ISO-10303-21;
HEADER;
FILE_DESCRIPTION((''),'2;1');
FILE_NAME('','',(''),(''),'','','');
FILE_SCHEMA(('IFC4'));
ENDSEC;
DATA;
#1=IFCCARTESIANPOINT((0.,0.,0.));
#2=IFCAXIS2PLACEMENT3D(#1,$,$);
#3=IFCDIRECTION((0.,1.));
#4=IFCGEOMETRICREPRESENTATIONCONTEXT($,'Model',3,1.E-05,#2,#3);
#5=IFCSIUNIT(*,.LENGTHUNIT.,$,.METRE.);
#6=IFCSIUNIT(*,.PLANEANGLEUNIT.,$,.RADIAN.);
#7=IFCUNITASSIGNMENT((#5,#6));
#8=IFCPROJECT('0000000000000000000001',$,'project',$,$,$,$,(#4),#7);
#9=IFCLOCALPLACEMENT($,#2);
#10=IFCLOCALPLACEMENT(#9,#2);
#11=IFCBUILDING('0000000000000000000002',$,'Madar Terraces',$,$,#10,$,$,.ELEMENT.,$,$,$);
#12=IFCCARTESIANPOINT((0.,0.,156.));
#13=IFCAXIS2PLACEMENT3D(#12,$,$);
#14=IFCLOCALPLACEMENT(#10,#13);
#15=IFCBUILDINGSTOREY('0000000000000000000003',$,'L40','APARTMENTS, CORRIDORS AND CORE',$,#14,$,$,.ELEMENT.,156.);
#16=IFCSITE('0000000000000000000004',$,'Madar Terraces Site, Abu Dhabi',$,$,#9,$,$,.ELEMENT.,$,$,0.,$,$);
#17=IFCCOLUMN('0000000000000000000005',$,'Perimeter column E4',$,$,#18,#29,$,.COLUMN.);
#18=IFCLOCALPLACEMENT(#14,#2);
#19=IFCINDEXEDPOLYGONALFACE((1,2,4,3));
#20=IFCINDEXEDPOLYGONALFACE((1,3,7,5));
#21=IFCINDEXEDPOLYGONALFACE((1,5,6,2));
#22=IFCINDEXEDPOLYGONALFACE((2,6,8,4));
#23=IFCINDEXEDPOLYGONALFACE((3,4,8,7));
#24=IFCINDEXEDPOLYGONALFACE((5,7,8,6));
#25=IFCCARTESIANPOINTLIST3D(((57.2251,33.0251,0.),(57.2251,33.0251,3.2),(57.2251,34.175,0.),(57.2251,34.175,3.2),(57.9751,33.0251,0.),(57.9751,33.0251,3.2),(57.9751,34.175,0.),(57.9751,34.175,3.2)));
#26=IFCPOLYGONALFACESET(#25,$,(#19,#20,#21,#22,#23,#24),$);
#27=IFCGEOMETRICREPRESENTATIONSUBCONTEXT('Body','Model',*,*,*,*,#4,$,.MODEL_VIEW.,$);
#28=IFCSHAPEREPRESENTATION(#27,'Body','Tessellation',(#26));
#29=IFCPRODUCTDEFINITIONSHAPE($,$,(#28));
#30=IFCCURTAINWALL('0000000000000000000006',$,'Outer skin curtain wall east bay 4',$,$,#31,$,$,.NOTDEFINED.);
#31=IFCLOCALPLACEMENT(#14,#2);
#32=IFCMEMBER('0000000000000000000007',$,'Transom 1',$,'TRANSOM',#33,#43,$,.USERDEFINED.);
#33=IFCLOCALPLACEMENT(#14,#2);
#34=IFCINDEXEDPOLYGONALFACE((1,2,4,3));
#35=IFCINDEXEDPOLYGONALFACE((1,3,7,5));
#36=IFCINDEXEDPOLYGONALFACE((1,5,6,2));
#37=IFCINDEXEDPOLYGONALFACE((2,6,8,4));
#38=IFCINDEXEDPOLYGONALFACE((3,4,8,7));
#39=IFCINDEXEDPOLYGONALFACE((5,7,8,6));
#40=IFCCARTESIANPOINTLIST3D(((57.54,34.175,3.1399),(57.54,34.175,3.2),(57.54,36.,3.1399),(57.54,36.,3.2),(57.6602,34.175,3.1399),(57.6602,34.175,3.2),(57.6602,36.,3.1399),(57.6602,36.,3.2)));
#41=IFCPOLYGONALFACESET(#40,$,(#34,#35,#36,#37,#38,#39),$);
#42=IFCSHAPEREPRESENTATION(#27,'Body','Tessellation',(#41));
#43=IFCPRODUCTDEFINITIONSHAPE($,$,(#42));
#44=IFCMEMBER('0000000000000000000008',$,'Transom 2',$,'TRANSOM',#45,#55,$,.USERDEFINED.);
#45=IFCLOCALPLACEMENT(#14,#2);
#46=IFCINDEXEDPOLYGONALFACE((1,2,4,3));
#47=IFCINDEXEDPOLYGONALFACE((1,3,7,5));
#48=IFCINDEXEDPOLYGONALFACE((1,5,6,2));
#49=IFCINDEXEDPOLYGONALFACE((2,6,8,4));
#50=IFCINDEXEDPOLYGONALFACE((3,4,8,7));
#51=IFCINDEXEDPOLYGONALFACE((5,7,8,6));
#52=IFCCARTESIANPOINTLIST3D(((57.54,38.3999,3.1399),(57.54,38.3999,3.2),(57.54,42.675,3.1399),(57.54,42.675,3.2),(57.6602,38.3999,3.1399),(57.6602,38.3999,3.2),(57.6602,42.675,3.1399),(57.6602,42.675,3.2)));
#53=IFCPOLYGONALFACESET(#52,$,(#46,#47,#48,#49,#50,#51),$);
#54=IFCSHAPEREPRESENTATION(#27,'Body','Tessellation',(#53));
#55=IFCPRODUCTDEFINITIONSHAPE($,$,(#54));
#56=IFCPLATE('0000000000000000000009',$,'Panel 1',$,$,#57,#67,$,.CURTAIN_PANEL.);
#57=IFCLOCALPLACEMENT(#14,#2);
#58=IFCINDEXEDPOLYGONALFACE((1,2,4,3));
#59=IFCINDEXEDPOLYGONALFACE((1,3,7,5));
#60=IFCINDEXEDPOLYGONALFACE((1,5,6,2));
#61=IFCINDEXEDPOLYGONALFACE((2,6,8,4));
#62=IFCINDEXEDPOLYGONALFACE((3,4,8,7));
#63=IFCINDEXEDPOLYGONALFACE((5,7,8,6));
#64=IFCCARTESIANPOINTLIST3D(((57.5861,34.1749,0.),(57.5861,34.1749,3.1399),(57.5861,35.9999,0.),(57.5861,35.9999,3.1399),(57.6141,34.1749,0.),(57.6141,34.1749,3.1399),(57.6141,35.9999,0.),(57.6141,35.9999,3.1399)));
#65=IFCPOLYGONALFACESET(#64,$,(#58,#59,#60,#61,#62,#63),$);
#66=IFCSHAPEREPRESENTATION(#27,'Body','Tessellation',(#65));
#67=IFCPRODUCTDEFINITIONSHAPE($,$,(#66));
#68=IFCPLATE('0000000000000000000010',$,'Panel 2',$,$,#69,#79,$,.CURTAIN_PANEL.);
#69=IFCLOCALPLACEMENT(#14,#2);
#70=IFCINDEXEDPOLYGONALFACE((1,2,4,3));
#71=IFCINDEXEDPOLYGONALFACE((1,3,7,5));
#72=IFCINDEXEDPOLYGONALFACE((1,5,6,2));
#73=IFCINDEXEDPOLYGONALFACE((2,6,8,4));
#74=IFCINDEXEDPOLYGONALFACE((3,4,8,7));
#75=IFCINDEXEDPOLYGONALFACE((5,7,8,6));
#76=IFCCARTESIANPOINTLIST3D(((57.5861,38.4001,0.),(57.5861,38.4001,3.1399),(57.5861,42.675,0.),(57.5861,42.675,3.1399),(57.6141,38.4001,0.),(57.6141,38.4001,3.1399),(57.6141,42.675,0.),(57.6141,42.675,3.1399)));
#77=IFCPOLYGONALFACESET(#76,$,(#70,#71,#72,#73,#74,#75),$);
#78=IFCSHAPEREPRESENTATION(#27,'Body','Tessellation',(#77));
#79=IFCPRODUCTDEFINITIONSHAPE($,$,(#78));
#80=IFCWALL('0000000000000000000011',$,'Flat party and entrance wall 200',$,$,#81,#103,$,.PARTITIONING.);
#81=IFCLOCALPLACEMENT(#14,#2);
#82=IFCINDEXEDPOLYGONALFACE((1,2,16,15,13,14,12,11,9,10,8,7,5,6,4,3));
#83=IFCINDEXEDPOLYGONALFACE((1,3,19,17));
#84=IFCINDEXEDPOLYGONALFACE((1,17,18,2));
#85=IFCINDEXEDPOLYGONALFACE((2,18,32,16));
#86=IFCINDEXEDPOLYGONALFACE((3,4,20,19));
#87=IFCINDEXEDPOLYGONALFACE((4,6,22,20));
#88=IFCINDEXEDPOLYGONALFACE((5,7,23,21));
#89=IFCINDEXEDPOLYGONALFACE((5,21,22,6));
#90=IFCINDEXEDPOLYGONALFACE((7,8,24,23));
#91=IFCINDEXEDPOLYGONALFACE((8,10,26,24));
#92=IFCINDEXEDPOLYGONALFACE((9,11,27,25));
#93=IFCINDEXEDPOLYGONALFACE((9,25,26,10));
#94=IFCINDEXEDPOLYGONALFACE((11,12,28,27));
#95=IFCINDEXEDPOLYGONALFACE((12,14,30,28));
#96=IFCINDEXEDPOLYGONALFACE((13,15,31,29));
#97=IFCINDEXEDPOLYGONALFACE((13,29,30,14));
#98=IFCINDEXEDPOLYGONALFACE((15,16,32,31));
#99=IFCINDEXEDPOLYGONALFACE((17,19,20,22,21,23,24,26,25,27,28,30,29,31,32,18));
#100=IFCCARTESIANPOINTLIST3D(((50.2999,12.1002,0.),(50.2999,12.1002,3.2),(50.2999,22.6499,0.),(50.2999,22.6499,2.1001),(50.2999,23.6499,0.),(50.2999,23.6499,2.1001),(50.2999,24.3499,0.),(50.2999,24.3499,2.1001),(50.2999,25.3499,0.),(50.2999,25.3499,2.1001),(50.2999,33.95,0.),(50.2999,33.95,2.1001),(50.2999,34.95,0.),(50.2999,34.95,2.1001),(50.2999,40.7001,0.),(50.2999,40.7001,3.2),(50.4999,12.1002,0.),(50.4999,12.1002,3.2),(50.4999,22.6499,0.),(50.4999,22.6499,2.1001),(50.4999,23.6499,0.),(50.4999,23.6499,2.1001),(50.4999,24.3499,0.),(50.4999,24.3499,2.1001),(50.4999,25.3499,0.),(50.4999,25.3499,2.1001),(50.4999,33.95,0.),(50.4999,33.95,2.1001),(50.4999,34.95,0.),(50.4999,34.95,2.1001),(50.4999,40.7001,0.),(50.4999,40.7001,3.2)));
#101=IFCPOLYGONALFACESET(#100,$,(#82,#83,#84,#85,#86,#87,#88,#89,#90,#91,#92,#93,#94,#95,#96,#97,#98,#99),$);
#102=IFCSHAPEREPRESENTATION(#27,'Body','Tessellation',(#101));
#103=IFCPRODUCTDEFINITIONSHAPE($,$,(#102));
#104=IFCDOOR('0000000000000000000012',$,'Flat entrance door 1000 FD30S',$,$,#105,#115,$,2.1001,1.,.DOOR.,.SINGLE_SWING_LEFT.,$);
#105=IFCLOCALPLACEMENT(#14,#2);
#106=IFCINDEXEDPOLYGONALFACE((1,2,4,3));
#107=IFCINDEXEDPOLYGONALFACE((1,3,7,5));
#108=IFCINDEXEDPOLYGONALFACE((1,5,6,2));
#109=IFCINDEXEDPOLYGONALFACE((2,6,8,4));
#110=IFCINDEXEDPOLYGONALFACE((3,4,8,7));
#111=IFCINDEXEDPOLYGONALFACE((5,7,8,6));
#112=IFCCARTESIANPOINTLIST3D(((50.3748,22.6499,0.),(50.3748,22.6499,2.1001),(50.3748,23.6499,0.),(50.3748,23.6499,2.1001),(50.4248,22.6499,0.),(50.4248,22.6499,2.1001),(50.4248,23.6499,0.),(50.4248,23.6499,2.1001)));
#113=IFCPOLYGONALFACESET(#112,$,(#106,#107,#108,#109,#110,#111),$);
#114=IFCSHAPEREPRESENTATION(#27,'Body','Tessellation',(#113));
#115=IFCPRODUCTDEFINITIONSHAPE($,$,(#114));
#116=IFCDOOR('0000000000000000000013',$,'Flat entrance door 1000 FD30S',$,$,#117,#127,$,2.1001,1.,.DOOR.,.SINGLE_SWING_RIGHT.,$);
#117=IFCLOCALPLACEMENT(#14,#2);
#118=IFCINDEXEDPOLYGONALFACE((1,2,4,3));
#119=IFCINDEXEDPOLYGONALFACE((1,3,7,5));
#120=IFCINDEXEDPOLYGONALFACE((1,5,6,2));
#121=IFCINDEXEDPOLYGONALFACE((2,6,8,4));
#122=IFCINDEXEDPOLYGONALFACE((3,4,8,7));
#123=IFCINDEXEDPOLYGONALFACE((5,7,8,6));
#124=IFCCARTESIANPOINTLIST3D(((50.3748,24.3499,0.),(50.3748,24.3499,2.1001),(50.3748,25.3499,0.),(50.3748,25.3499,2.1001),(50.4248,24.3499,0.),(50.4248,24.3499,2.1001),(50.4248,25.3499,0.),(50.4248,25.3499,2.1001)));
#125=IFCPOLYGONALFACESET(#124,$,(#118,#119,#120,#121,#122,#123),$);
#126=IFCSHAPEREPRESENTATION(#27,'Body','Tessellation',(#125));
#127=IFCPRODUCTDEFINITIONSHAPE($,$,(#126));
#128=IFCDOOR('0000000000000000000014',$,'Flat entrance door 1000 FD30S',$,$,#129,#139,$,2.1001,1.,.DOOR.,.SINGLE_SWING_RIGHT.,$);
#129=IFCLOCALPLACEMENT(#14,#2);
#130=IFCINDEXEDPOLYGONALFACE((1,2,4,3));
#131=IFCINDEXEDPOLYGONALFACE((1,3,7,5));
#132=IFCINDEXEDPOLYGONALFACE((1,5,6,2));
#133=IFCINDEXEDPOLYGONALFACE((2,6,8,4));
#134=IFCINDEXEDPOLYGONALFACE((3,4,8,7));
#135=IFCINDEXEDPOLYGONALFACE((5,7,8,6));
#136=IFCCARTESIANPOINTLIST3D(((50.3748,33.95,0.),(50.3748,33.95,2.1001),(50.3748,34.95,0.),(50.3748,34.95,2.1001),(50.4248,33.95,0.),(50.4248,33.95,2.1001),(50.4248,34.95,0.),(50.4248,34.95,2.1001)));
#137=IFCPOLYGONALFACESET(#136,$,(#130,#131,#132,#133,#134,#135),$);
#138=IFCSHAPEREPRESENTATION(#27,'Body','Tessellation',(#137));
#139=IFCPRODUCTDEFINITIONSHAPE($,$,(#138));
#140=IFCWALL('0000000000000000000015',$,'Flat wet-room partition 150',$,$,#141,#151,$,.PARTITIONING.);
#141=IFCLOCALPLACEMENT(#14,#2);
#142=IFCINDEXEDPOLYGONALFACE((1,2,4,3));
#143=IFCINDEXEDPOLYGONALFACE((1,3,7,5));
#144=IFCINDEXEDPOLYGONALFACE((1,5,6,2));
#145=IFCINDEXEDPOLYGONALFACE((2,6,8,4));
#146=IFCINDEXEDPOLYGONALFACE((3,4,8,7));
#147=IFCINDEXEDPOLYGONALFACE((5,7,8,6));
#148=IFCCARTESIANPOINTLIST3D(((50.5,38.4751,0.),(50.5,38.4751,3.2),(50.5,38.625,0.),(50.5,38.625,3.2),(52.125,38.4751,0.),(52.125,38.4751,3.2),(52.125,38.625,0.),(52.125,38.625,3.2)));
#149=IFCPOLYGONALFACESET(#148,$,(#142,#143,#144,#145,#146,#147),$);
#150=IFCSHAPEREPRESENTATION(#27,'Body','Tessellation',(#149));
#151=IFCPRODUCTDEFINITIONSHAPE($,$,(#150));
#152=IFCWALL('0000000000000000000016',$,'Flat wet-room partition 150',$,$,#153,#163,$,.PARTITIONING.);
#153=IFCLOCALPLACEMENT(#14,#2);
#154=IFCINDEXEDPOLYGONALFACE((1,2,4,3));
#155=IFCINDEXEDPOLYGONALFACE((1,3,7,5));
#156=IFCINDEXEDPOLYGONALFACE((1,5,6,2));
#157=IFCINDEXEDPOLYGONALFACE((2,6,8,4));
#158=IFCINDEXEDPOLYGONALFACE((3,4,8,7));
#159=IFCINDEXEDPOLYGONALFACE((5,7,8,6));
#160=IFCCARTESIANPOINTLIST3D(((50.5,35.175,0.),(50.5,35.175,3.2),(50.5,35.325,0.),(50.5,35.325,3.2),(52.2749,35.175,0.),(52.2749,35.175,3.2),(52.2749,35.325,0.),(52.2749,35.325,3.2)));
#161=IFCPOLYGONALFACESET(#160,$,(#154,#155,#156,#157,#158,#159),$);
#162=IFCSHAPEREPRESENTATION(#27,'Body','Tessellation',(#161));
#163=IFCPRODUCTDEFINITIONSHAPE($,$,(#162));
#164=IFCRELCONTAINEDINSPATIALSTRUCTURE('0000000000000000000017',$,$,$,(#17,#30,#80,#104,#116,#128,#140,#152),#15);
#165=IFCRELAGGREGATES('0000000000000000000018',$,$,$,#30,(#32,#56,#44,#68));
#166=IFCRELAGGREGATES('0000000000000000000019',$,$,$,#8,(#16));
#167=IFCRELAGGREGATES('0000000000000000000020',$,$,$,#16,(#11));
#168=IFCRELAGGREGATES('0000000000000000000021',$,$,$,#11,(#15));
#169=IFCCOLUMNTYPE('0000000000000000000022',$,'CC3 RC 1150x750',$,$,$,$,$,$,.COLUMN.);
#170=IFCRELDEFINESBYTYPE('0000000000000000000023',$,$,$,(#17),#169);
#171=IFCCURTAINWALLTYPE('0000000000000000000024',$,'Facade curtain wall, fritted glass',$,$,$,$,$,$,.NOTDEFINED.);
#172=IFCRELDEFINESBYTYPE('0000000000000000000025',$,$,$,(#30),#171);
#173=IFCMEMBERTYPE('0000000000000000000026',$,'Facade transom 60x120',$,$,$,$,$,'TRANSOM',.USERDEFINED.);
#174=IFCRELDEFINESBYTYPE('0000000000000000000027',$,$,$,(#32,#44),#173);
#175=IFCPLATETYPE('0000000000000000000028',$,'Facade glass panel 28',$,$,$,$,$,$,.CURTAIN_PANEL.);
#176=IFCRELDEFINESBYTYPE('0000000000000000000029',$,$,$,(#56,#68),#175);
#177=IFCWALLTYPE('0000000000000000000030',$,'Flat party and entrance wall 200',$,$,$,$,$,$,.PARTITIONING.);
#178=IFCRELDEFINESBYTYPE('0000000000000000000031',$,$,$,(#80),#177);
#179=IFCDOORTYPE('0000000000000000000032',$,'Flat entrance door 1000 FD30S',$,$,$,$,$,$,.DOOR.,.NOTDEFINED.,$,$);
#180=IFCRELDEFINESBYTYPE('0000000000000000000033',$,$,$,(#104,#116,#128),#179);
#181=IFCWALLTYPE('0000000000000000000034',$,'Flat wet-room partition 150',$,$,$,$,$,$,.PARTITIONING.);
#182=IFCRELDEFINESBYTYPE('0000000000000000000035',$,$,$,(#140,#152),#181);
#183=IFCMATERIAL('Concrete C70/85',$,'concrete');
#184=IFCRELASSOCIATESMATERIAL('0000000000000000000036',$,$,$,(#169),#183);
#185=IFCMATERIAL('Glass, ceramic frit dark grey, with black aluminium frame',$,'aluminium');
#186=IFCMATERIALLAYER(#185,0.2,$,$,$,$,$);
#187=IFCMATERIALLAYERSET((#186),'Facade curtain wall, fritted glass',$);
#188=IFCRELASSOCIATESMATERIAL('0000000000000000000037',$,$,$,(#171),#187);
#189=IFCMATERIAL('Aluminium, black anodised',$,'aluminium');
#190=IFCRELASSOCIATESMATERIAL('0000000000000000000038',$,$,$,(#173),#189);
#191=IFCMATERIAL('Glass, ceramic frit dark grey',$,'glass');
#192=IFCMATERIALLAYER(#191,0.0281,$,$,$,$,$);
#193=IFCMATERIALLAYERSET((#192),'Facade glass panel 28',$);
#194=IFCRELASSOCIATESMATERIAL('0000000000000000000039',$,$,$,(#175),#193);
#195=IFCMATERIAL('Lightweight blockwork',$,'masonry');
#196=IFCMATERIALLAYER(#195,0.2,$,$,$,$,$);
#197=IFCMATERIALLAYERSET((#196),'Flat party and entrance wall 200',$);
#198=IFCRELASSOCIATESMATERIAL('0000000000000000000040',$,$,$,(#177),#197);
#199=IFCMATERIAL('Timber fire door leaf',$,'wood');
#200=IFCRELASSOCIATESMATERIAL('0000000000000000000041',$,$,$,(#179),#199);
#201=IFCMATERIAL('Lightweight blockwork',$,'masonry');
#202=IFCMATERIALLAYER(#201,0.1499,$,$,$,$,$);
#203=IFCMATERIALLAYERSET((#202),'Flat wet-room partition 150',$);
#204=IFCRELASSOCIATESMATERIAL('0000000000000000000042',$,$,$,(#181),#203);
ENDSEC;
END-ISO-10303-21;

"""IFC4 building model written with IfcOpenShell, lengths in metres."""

from ifc_helpers import new_model, si_unit, direction, frame, frame_2d, origin, origin_2d, place, context, subcontext, project, spatial, rectangle, extrude, material, layer, layer_set, material_profile, profile_set, type_object, element, fill, aggregate, save


model = new_model("IFC4")

# Units and contexts
model_context = context("Model", 3, precision=1e-05, world=origin(), true_north=direction((0.0, 1.0)))
body_context = subcontext(model_context, "Body", "Model", "MODEL_VIEW")
ifc_project = project(units=[si_unit("LENGTHUNIT", "METRE"), si_unit("PLANEANGLEUNIT", "RADIAN")], contexts=[model_context])

# Site, building, storey
site_placement = place(None, origin())
site = spatial("IfcSite", under=ifc_project, at=site_placement, Name="Madar Terraces Site, Abu Dhabi", CompositionType="ELEMENT", RefElevation=0.0)
building_placement = place(site_placement, origin())
building = spatial("IfcBuilding", under=site, at=building_placement, Name="Madar Terraces", CompositionType="ELEMENT")
storey_placement = place(building_placement, frame((0.0, 0.0, 156.0)))
storey = spatial("IfcBuildingStorey", under=building, at=storey_placement, Name="L40", Description="APARTMENTS, CORRIDORS AND CORE", CompositionType="ELEMENT", Elevation=156.0)

# Column
ifc_material_1 = material(Name="Concrete C70/85", Category="concrete")
ifc_material_profile_1 = material_profile(ifc_material_1, rectangle(XDim=1.1499, YDim=0.75, at=origin_2d()), Name="CC3 RC 1150x750")
ifc_profile_set_1 = profile_set([ifc_material_profile_1], Name="Concrete C70/85")
column_type = type_object("IfcColumnType", Name="CC3 RC 1150x750", PredefinedType="COLUMN", material=ifc_profile_set_1)
column_placement = place(storey_placement, frame((57.6001, 33.6001, 0.0), z_axis=(0.0, 0.0, 1.0), x_axis=(0.0, 1.0, 0.0)))
element("IfcColumn", 1, at=column_placement, inside=storey, type_object=column_type, Name="Perimeter column E4", PredefinedType="COLUMN", context=body_context, shape_type="SweptSolid", body=[
    extrude(rectangle(XDim=1.1499, YDim=0.75, at=origin_2d()), origin(), (0.0, 0.0, 1.0), 3.2),
])

# Curtain wall, members, plates
ifc_material_2 = material(Name="Glass, ceramic frit dark grey, with black aluminium frame", Category="aluminium")
ifc_layer_1 = layer(ifc_material_2, 0.2)
ifc_layer_set_1 = layer_set([ifc_layer_1], Name="Facade curtain wall, fritted glass")
curtain_wall_type = type_object("IfcCurtainWallType", Name="Facade curtain wall, fritted glass", PredefinedType="NOTDEFINED", material=ifc_layer_set_1)
curtain_wall_placement = place(storey_placement, origin())
curtain_wall = element("IfcCurtainWall", 2, at=curtain_wall_placement, inside=storey, type_object=curtain_wall_type, Name="Outer skin curtain wall east bay 4", PredefinedType="NOTDEFINED")
ifc_material_3 = material(Name="Aluminium, black anodised", Category="aluminium")
ifc_material_profile_2 = material_profile(ifc_material_3, rectangle(XDim=0.1201, YDim=0.0601, at=origin_2d()), Name="Facade transom 60x120")
ifc_profile_set_2 = profile_set([ifc_material_profile_2], Name="Aluminium, black anodised")
member_type = type_object("IfcMemberType", Name="Facade transom 60x120", ElementType="TRANSOM", PredefinedType="USERDEFINED", material=ifc_profile_set_2)
member_1_placement = place(storey_placement, frame((57.6001, 34.175, 3.1699), z_axis=(0.0, 1.0, 0.0), x_axis=(-1.0, 0.0, 0.0)))
member_1 = element("IfcMember", 3, at=member_1_placement, type_object=member_type, Name="Transom 1", ObjectType="TRANSOM", PredefinedType="USERDEFINED", context=body_context, shape_type="SweptSolid", body=[
    extrude(rectangle(XDim=0.1201, YDim=0.0601, at=origin_2d()), origin(), (0.0, 0.0, 1.0), 1.825),
])
member_2_placement = place(storey_placement, frame((57.6001, 38.3999, 3.1699), z_axis=(0.0, 1.0, 0.0), x_axis=(-1.0, 0.0, 0.0)))
member_2 = element("IfcMember", 4, at=member_2_placement, type_object=member_type, Name="Transom 2", ObjectType="TRANSOM", PredefinedType="USERDEFINED", context=body_context, shape_type="SweptSolid", body=[
    extrude(rectangle(XDim=0.1201, YDim=0.0601, at=origin_2d()), origin(), (0.0, 0.0, 1.0), 4.2751),
])
ifc_material_4 = material(Name="Glass, ceramic frit dark grey", Category="glass")
ifc_layer_2 = layer(ifc_material_4, 0.0281)
ifc_layer_set_2 = layer_set([ifc_layer_2], Name="Facade glass panel 28")
plate_type = type_object("IfcPlateType", Name="Facade glass panel 28", PredefinedType="CURTAIN_PANEL", material=ifc_layer_set_2)
plate_1_placement = place(storey_placement, frame((57.6001, 35.0874, 0.0), z_axis=(0.0, 0.0, 1.0), x_axis=(0.0, 1.0, 0.0)))
plate_1 = element("IfcPlate", 5, at=plate_1_placement, type_object=plate_type, Name="Panel 1", PredefinedType="CURTAIN_PANEL", context=body_context, shape_type="SweptSolid", body=[
    extrude(rectangle(XDim=1.825, YDim=0.0281, at=origin_2d()), origin(), (0.0, 0.0, 1.0), 3.1399),
])
plate_2_placement = place(storey_placement, frame((57.6001, 40.5376, 0.0), z_axis=(0.0, 0.0, 1.0), x_axis=(0.0, 1.0, 0.0)))
plate_2 = element("IfcPlate", 6, at=plate_2_placement, type_object=plate_type, Name="Panel 2", PredefinedType="CURTAIN_PANEL", context=body_context, shape_type="SweptSolid", body=[
    extrude(rectangle(XDim=4.2749, YDim=0.0281, at=origin_2d()), origin(), (0.0, 0.0, 1.0), 3.1399),
])
aggregate(curtain_wall, [member_1, plate_1, member_2, plate_2])

# Wall, openings, doors
ifc_material_5 = material(Name="Lightweight blockwork", Category="masonry")
ifc_layer_3 = layer(ifc_material_5, 0.2)
ifc_layer_set_3 = layer_set([ifc_layer_3], Name="Flat party and entrance wall 200")
wall_type_1 = type_object("IfcWallType", Name="Flat party and entrance wall 200", PredefinedType="PARTITIONING", material=ifc_layer_set_3)
wall_1_placement = place(storey_placement, frame((50.3999, 40.7, 0.0), z_axis=(0.0, 0.0, 1.0), x_axis=(0.0, -1.0, 0.0)))
wall_1 = element("IfcWall", 7, at=wall_1_placement, inside=storey, type_object=wall_type_1, Name="Flat party and entrance wall 200", PredefinedType="PARTITIONING", context=body_context, shape_type="SweptSolid", body=[
    extrude(rectangle(XDim=28.5999, YDim=0.2, at=frame_2d((14.2998, 0.0))), origin(), (0.0, 0.0, 1.0), 3.2),
])
opening_1_placement = place(wall_1_placement, frame((17.05, 0.0, 0.0)))
opening_1 = element("IfcOpeningElement", 8, at=opening_1_placement, cuts=wall_1, PredefinedType="OPENING", context=body_context, shape_type="SweptSolid", body=[
    extrude(rectangle(XDim=1.0, YDim=2.1001, at=frame_2d((0.5, 1.05))), frame((0.0, 0.1099, 0.0), z_axis=(0.0, -1.0, 0.0), x_axis=(1.0, 0.0, 0.0)), (0.0, 0.0, 1.0), 0.22),
])
opening_2_placement = place(wall_1_placement, frame((15.3501, 0.0, 0.0)))
opening_2 = element("IfcOpeningElement", 9, at=opening_2_placement, cuts=wall_1, PredefinedType="OPENING", context=body_context, shape_type="SweptSolid", body=[
    extrude(rectangle(XDim=1.0, YDim=2.1001, at=frame_2d((0.5, 1.05))), frame((0.0, 0.1099, 0.0), z_axis=(0.0, -1.0, 0.0), x_axis=(1.0, 0.0, 0.0)), (0.0, 0.0, 1.0), 0.22),
])
opening_3_placement = place(wall_1_placement, frame((5.75, 0.0, 0.0)))
opening_3 = element("IfcOpeningElement", 10, at=opening_3_placement, cuts=wall_1, PredefinedType="OPENING", context=body_context, shape_type="SweptSolid", body=[
    extrude(rectangle(XDim=1.0, YDim=2.1001, at=frame_2d((0.5, 1.05))), frame((0.0, 0.1099, 0.0), z_axis=(0.0, -1.0, 0.0), x_axis=(1.0, 0.0, 0.0)), (0.0, 0.0, 1.0), 0.22),
])
ifc_material_6 = material(Name="Timber fire door leaf", Category="wood")
door_type_1 = type_object("IfcDoorType", Name="Flat entrance door 1000 FD30S", OperationType="NOTDEFINED", PredefinedType="DOOR", material=ifc_material_6)
door_1_placement = place(opening_1_placement, origin())
door_1 = element("IfcDoor", 11, at=door_1_placement, inside=storey, type_object=door_type_1, Name="Flat entrance door 1000 FD30S", OperationType="SINGLE_SWING_LEFT", OverallHeight=2.1001, OverallWidth=1.0, PredefinedType="DOOR", context=body_context, shape_type="SweptSolid", body=[
    extrude(rectangle(XDim=1.0, YDim=2.1001, at=frame_2d((0.5, 1.05))), frame((0.0, 0.0249, 0.0), z_axis=(0.0, -1.0, 0.0), x_axis=(1.0, 0.0, 0.0)), (0.0, 0.0, 1.0), 0.05),
])
fill(opening_1, door_1)
door_2_placement = place(opening_2_placement, origin())
door_2 = element("IfcDoor", 12, at=door_2_placement, inside=storey, type_object=door_type_1, Name="Flat entrance door 1000 FD30S", OperationType="SINGLE_SWING_RIGHT", OverallHeight=2.1001, OverallWidth=1.0, PredefinedType="DOOR", context=body_context, shape_type="SweptSolid", body=[
    extrude(rectangle(XDim=1.0, YDim=2.1001, at=frame_2d((0.5, 1.05))), frame((0.0, 0.0249, 0.0), z_axis=(0.0, -1.0, 0.0), x_axis=(1.0, 0.0, 0.0)), (0.0, 0.0, 1.0), 0.05),
])
fill(opening_2, door_2)
door_3_placement = place(opening_3_placement, origin())
door_3 = element("IfcDoor", 13, at=door_3_placement, inside=storey, type_object=door_type_1, Name="Flat entrance door 1000 FD30S", OperationType="SINGLE_SWING_RIGHT", OverallHeight=2.1001, OverallWidth=1.0, PredefinedType="DOOR", context=body_context, shape_type="SweptSolid", body=[
    extrude(rectangle(XDim=1.0, YDim=2.1001, at=frame_2d((0.5, 1.05))), frame((0.0, 0.0249, 0.0), z_axis=(0.0, -1.0, 0.0), x_axis=(1.0, 0.0, 0.0)), (0.0, 0.0, 1.0), 0.05),
])
fill(opening_3, door_3)

# Walls
ifc_material_7 = material(Name="Lightweight blockwork", Category="masonry")
ifc_layer_4 = layer(ifc_material_7, 0.1499)
ifc_layer_set_4 = layer_set([ifc_layer_4], Name="Flat wet-room partition 150")
wall_type_2 = type_object("IfcWallType", Name="Flat wet-room partition 150", PredefinedType="PARTITIONING", material=ifc_layer_set_4)
wall_2_placement = place(storey_placement, frame((50.5, 38.55, 0.0), z_axis=(0.0, 0.0, 1.0), x_axis=(1.0, 0.0, 0.0)))
element("IfcWall", 14, at=wall_2_placement, inside=storey, type_object=wall_type_2, Name="Flat wet-room partition 150", PredefinedType="PARTITIONING", context=body_context, shape_type="SweptSolid", body=[
    extrude(rectangle(XDim=1.625, YDim=0.1499, at=frame_2d((0.8125, 0.0))), origin(), (0.0, 0.0, 1.0), 3.2),
])
wall_3_placement = place(storey_placement, frame((50.5, 35.25, 0.0), z_axis=(0.0, 0.0, 1.0), x_axis=(1.0, 0.0, 0.0)))
element("IfcWall", 15, at=wall_3_placement, inside=storey, type_object=wall_type_2, Name="Flat wet-room partition 150", PredefinedType="PARTITIONING", context=body_context, shape_type="SweptSolid", body=[
    extrude(rectangle(XDim=1.7749, YDim=0.1499, at=frame_2d((0.8875, 0.0))), origin(), (0.0, 0.0, 1.0), 3.2),
])

save(model, "model.ifc")
